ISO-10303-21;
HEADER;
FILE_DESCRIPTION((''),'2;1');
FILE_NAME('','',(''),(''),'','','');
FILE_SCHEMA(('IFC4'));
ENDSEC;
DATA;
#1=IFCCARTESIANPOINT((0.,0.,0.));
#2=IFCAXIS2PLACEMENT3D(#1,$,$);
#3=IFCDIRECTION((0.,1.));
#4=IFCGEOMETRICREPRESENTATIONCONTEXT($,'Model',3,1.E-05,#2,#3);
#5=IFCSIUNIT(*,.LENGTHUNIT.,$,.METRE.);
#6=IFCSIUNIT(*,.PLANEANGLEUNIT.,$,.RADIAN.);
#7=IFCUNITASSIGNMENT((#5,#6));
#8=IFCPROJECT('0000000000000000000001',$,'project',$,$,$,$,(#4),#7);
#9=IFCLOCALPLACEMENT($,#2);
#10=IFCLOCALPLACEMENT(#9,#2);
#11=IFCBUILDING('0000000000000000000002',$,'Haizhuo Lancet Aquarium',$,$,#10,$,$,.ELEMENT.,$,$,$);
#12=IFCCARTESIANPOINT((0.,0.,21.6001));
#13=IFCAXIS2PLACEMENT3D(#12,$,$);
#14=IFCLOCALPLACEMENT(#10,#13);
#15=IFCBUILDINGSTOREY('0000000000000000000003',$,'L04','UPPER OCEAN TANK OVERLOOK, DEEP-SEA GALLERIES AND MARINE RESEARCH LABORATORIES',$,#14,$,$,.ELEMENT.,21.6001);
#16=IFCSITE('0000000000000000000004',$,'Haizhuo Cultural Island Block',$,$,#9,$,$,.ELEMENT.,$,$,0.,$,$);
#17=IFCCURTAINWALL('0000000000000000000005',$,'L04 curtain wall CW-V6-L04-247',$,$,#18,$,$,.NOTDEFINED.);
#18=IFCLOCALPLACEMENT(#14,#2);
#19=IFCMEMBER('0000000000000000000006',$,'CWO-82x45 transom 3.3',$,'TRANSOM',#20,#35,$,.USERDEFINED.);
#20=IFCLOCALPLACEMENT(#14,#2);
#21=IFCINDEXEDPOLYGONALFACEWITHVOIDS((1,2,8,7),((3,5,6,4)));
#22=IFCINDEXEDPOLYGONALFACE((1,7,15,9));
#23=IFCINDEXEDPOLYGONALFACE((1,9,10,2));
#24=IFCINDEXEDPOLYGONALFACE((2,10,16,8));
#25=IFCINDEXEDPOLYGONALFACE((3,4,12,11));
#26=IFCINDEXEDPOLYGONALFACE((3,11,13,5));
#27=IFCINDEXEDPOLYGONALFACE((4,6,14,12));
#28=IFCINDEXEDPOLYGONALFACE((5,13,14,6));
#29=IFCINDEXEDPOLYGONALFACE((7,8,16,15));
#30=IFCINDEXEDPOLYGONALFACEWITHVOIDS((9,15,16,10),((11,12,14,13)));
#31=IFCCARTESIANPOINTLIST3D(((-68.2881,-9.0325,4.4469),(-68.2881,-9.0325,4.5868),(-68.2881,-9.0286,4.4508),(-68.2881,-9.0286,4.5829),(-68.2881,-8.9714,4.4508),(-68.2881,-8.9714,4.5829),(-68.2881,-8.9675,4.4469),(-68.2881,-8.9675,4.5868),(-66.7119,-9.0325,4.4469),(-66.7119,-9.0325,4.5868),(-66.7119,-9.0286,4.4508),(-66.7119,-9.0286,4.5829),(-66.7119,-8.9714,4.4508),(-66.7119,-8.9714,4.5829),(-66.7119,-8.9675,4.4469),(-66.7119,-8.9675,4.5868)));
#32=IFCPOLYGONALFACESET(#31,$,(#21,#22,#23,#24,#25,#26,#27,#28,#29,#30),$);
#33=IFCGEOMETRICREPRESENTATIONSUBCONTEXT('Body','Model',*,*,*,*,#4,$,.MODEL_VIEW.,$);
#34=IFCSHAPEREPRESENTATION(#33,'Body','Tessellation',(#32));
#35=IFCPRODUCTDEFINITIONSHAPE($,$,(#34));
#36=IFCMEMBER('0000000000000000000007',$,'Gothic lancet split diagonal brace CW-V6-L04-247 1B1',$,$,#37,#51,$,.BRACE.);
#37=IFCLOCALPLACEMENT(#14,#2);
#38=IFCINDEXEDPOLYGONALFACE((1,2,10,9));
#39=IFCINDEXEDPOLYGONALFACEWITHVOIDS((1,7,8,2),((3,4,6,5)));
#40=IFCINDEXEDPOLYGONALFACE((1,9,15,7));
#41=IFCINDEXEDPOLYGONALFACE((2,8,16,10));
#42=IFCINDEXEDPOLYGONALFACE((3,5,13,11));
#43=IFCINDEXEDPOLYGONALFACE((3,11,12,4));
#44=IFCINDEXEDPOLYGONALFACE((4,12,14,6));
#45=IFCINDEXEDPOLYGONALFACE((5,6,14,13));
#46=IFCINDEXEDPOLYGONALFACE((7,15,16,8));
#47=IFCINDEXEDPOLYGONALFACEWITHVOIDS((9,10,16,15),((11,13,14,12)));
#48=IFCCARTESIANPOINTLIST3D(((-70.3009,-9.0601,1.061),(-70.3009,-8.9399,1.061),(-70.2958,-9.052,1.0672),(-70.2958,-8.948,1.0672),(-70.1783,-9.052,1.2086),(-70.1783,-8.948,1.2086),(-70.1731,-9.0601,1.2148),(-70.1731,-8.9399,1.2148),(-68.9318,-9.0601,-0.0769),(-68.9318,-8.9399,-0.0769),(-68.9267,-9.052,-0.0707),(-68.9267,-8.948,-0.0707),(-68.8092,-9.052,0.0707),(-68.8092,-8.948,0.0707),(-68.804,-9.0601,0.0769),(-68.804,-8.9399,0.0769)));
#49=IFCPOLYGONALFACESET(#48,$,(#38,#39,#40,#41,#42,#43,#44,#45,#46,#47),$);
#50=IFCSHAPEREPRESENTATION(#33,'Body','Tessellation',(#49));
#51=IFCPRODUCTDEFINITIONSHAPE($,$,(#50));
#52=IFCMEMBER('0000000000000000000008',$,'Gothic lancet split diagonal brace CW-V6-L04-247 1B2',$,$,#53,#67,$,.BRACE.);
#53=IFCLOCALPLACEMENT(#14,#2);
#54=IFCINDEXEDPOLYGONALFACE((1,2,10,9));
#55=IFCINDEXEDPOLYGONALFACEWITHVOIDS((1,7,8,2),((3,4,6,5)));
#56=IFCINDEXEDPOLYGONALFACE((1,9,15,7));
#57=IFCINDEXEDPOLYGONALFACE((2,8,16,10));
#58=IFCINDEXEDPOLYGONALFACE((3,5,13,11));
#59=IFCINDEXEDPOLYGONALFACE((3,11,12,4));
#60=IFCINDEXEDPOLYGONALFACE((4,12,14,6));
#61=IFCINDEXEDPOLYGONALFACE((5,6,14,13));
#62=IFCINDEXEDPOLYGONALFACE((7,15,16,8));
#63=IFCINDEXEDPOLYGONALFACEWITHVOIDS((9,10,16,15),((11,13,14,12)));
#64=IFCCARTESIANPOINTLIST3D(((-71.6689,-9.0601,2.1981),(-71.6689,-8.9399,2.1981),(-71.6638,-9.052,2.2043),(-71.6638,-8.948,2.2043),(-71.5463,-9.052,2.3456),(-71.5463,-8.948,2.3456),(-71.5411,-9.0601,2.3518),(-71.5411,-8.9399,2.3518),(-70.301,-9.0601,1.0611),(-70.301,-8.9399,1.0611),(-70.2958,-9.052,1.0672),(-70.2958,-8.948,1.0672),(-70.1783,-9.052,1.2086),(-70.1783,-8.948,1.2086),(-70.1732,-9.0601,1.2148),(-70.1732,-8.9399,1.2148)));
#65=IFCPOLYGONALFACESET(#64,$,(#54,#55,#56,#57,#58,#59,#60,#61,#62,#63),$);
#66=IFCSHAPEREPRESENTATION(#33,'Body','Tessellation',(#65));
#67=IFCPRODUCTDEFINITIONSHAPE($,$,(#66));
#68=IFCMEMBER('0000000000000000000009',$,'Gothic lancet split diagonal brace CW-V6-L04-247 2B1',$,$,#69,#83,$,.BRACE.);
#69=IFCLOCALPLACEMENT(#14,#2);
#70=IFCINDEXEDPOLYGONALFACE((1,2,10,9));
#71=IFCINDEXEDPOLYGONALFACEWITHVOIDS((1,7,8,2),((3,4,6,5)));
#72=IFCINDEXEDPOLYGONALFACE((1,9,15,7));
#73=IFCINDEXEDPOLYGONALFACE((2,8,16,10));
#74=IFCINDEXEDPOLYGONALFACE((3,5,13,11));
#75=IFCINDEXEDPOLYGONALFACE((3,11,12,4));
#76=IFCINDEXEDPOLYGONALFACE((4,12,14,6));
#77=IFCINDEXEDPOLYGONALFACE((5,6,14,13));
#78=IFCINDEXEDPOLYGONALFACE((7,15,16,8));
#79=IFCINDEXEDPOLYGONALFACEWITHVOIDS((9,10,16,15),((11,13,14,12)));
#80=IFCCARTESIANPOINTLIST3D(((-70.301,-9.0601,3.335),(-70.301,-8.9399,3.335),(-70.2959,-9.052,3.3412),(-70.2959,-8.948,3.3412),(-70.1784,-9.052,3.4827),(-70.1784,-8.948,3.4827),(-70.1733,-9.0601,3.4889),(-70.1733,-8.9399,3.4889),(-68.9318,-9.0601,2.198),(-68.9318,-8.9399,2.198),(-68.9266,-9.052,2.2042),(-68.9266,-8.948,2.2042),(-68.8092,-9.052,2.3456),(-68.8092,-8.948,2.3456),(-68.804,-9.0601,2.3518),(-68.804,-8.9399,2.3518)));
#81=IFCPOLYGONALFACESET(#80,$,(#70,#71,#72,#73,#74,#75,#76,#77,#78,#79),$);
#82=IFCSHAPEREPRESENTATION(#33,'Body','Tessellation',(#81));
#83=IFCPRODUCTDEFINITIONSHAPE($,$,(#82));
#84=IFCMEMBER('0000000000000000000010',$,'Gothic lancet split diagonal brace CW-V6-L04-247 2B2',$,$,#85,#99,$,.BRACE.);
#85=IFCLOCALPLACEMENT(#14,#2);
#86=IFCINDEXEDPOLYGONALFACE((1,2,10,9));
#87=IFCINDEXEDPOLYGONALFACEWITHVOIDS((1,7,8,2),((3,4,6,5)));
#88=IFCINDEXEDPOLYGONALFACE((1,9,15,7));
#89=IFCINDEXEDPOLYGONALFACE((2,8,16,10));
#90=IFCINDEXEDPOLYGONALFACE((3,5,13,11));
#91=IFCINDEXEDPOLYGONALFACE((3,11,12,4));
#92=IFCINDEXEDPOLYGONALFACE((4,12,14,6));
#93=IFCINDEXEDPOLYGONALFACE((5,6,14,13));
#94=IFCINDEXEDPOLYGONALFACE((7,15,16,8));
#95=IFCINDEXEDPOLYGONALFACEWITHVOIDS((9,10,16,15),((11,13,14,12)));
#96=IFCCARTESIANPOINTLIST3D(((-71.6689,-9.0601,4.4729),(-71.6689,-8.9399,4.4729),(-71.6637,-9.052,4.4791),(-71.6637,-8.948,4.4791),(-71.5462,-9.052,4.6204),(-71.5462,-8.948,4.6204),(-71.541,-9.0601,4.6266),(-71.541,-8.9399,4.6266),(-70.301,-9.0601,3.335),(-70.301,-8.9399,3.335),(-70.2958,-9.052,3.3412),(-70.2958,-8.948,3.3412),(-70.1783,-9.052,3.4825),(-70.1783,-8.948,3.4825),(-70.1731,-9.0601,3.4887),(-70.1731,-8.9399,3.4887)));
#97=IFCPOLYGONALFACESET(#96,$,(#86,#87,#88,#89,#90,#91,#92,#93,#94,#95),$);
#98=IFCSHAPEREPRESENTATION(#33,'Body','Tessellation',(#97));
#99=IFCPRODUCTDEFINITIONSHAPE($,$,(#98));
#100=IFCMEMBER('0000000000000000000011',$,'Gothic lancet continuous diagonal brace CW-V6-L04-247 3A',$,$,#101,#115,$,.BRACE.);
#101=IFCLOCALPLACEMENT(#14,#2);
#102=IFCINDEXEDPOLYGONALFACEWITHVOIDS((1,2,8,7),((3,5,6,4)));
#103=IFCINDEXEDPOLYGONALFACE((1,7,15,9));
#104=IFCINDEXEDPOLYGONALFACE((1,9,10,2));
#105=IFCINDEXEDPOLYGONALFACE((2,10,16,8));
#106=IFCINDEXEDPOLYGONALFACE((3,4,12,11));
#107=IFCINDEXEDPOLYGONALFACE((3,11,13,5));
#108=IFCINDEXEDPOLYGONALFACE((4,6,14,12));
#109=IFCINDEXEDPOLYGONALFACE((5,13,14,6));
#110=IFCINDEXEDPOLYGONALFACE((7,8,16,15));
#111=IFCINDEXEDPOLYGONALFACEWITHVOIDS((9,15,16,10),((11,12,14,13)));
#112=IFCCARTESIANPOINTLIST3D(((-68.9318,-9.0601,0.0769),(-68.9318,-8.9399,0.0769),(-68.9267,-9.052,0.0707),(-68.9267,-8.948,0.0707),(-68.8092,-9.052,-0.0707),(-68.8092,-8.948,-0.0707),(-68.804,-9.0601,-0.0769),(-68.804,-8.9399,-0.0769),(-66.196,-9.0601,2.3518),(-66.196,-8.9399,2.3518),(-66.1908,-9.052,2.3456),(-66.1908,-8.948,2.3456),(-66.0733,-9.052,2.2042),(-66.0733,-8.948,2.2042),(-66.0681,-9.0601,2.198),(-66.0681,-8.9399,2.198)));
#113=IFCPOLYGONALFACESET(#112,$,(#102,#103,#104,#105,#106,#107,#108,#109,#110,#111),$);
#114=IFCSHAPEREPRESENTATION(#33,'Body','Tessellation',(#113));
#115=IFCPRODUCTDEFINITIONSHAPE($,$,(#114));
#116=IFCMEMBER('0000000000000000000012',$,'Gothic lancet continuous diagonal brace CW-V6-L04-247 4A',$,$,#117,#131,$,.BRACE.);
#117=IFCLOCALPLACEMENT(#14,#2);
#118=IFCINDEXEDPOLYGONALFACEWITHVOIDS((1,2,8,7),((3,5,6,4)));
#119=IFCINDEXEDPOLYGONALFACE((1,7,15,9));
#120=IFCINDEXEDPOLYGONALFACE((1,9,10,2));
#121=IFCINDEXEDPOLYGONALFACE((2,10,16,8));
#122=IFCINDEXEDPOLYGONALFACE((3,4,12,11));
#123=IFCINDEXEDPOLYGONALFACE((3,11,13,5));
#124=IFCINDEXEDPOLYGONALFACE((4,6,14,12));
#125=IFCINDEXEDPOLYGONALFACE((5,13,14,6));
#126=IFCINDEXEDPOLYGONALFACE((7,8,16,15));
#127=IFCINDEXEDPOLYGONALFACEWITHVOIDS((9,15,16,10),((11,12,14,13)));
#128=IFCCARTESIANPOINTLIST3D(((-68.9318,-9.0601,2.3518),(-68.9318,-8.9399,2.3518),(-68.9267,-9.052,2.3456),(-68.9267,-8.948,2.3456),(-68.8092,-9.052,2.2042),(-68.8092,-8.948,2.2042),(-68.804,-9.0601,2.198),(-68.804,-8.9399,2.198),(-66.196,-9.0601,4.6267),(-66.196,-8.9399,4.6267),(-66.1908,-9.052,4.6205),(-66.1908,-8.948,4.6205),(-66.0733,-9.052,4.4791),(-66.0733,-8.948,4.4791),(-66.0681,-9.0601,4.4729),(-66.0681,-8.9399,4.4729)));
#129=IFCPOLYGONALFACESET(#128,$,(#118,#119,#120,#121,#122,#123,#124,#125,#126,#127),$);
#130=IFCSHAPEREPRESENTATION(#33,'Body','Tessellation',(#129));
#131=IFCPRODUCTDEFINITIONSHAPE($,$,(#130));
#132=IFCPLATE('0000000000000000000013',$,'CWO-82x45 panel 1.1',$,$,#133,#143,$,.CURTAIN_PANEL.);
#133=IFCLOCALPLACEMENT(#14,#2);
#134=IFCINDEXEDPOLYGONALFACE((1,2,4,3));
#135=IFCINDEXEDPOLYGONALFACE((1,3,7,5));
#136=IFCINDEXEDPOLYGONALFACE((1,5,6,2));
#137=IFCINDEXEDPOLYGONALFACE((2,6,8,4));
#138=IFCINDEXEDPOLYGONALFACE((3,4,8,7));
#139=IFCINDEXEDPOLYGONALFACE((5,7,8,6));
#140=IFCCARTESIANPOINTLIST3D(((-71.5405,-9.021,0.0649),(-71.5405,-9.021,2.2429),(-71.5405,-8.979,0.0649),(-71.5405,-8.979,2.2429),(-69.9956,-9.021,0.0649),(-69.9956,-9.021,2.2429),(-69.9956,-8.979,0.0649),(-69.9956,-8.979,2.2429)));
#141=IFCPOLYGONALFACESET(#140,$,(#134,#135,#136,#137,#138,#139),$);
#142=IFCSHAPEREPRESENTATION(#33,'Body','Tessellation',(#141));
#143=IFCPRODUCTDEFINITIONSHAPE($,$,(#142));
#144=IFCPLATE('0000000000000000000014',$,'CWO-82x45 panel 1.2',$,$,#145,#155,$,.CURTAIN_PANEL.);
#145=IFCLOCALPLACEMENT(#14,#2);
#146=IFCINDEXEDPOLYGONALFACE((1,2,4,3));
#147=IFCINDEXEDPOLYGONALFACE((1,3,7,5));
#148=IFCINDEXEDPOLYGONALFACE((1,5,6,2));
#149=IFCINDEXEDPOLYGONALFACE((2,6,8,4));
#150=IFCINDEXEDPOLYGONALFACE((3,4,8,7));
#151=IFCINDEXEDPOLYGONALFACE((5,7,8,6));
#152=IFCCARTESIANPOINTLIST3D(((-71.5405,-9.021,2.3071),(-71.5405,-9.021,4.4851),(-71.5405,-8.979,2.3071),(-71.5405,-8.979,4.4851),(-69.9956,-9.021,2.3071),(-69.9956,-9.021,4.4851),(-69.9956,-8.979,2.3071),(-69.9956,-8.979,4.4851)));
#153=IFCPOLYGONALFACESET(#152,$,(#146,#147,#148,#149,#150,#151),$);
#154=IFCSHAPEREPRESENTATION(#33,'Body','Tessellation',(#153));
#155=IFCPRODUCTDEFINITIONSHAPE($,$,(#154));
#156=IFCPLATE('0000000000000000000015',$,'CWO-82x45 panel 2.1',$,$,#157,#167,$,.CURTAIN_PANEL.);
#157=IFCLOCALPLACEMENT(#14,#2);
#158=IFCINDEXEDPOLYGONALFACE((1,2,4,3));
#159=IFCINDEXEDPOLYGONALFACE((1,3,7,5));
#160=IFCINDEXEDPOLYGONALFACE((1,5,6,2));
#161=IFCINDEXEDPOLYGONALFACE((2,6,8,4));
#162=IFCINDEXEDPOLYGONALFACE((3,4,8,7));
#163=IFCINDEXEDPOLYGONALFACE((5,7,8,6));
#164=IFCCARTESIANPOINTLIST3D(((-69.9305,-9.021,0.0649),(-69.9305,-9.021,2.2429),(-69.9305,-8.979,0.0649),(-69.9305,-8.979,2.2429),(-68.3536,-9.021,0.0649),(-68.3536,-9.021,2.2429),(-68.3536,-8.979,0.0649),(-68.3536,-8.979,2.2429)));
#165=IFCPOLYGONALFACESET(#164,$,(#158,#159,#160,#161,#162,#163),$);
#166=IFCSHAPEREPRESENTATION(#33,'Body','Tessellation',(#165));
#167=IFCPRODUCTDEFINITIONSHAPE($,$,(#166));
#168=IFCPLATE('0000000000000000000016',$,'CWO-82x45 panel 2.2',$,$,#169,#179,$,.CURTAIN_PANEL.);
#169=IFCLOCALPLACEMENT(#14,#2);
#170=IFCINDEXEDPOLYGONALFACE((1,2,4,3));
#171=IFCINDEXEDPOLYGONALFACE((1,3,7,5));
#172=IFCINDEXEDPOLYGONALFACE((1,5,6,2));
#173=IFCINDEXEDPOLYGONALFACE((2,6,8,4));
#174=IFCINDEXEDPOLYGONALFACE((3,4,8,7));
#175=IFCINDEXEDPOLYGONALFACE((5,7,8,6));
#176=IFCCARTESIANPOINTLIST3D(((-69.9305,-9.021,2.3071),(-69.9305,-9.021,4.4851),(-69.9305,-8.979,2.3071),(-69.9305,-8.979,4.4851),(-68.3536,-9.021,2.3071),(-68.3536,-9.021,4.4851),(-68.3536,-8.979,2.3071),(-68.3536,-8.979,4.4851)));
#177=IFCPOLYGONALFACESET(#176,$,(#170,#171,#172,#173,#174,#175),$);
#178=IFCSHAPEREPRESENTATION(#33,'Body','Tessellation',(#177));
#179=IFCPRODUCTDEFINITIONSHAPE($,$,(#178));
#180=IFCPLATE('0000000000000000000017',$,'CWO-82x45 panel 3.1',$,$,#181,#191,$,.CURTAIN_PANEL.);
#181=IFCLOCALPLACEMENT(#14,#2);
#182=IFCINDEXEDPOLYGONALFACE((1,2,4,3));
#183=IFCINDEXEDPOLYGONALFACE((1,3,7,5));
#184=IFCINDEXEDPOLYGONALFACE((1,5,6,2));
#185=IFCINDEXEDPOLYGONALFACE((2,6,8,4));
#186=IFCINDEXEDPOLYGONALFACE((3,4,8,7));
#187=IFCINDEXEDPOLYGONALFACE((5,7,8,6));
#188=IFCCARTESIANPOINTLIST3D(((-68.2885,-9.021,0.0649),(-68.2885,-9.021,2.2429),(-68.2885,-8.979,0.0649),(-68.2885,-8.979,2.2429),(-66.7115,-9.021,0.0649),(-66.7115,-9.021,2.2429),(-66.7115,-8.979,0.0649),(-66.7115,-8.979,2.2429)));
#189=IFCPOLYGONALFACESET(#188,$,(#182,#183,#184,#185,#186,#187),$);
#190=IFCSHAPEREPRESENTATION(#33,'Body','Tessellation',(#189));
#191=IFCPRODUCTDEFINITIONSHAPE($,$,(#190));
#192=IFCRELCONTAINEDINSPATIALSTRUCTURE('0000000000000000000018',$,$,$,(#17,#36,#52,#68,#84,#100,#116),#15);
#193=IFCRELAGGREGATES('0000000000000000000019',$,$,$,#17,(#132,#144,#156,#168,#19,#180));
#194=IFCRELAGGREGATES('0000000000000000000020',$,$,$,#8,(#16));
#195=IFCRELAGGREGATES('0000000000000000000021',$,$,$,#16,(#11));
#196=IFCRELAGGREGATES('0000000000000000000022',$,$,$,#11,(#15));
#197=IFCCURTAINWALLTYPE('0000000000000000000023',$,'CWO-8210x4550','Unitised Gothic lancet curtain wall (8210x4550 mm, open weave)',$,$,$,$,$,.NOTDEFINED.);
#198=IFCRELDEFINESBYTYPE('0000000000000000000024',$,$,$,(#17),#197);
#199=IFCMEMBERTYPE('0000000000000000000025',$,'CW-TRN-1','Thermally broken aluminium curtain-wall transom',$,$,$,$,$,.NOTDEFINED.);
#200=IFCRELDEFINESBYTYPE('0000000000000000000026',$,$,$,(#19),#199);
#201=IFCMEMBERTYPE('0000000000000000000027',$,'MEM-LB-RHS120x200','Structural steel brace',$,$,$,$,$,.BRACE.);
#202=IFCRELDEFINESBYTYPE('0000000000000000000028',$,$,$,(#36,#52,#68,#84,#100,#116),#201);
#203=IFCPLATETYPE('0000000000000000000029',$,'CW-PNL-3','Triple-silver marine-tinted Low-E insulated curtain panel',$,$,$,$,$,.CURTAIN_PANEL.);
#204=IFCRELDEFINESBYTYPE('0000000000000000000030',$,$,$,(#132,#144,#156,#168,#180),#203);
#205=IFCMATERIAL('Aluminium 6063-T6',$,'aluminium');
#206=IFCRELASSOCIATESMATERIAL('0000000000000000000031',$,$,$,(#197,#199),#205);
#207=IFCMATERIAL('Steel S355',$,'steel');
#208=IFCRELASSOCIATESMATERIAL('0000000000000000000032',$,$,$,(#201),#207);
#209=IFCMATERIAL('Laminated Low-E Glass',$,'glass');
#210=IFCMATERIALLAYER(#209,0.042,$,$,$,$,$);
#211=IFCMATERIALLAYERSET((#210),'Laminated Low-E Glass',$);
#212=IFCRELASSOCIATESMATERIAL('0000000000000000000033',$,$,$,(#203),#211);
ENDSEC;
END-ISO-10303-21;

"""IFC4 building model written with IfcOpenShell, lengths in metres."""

from ifc_helpers import new_model, si_unit, direction, frame, origin, origin_2d, place, context, subcontext, project, spatial, rectangle, hollow_rectangle, extrude, material, layer, layer_set, material_profile, profile_set, type_object, element, aggregate, save


model = new_model("IFC4")

# Units and contexts
model_context = context("Model", 3, precision=1e-05, world=origin(), true_north=direction((0.0, 1.0)))
body_context = subcontext(model_context, "Body", "Model", "MODEL_VIEW")
ifc_project = project(units=[si_unit("LENGTHUNIT", "METRE"), si_unit("PLANEANGLEUNIT", "RADIAN")], contexts=[model_context])

# Site, building, storey
site_placement = place(None, origin())
site = spatial("IfcSite", under=ifc_project, at=site_placement, Name="Haizhuo Cultural Island Block", CompositionType="ELEMENT", RefElevation=0.0)
building_placement = place(site_placement, origin())
building = spatial("IfcBuilding", under=site, at=building_placement, Name="Haizhuo Lancet Aquarium", CompositionType="ELEMENT")
storey_placement = place(building_placement, frame((0.0, 0.0, 21.6001)))
storey = spatial("IfcBuildingStorey", under=building, at=storey_placement, Name="L04", Description="UPPER OCEAN TANK OVERLOOK, DEEP-SEA GALLERIES AND MARINE RESEARCH LABORATORIES", CompositionType="ELEMENT", Elevation=21.6001)

# Curtain wall, member
ifc_material_1 = material(Name="Aluminium 6063-T6", Category="aluminium")
curtain_wall_type = type_object("IfcCurtainWallType", Name="CWO-8210x4550", Description="Unitised Gothic lancet curtain wall (8210x4550 mm, open weave)", PredefinedType="NOTDEFINED", material=ifc_material_1)
curtain_wall_placement = place(storey_placement, origin())
curtain_wall = element("IfcCurtainWall", 1, at=curtain_wall_placement, inside=storey, type_object=curtain_wall_type, Name="L04 curtain wall CW-V6-L04-247", PredefinedType="NOTDEFINED")
ifc_material_profile_1 = material_profile(ifc_material_1, hollow_rectangle(XDim=0.0649, YDim=0.1399, WallThickness=0.0039, at=origin_2d()), Name="ALU-T 65x140x4")
ifc_profile_set_1 = profile_set([ifc_material_profile_1], Name="Aluminium 6063-T6")
member_type_1 = type_object("IfcMemberType", Name="CW-TRN-1", Description="Thermally broken aluminium curtain-wall transom", PredefinedType="NOTDEFINED", material=ifc_profile_set_1)
member_1_placement = place(storey_placement, frame((-68.2881, -9.0, 4.5168), z_axis=(1.0, 0.0, 0.0), x_axis=(0.0, 1.0, 0.0)))
member_1 = element("IfcMember", 2, at=member_1_placement, type_object=member_type_1, Name="CWO-82x45 transom 3.3", ObjectType="TRANSOM", PredefinedType="USERDEFINED", context=body_context, shape_type="SweptSolid", body=[
    extrude(hollow_rectangle(XDim=0.0649, YDim=0.1399, WallThickness=0.0039, at=origin_2d()), origin(), (0.0, 0.0, 1.0), 1.5762),
])

# Members
ifc_material_2 = material(Name="Steel S355", Category="steel")
ifc_material_profile_2 = material_profile(ifc_material_2, hollow_rectangle(XDim=0.1201, YDim=0.2, WallThickness=0.0081, at=origin_2d()), Name="RHS 120x200x8")
ifc_profile_set_2 = profile_set([ifc_material_profile_2], Name="Steel S355")
member_type_2 = type_object("IfcMemberType", Name="MEM-LB-RHS120x200", Description="Structural steel brace", PredefinedType="BRACE", material=ifc_profile_set_2)
member_2_placement = place(storey_placement, frame((-68.8679, -9.0, 0.0), z_axis=(-0.769052, 0.0, 0.639186), x_axis=(0.0, -1.0, 0.0)))
element("IfcMember", 3, at=member_2_placement, inside=storey, type_object=member_type_2, Name="Gothic lancet split diagonal brace CW-V6-L04-247 1B1", PredefinedType="BRACE", context=body_context, shape_type="SweptSolid", body=[
    extrude(hollow_rectangle(XDim=0.1201, YDim=0.2, WallThickness=0.0081, at=origin_2d()), origin(), (0.0, 0.0, 1.0), 1.7803),
])
member_3_placement = place(storey_placement, frame((-70.2371, -9.0, 1.1379), z_axis=(-0.769042, 0.0, 0.639198), x_axis=(0.0, -1.0, 0.0)))
element("IfcMember", 4, at=member_3_placement, inside=storey, type_object=member_type_2, Name="Gothic lancet split diagonal brace CW-V6-L04-247 1B2", PredefinedType="BRACE", context=body_context, shape_type="SweptSolid", body=[
    extrude(hollow_rectangle(XDim=0.1201, YDim=0.2, WallThickness=0.0081, at=origin_2d()), origin(), (0.0, 0.0, 1.0), 1.7788),
])
member_4_placement = place(storey_placement, frame((-68.8679, -9.0, 2.2749), z_axis=(-0.769322, 0.0, 0.638861), x_axis=(0.0, -1.0, 0.0)))
element("IfcMember", 5, at=member_4_placement, inside=storey, type_object=member_type_2, Name="Gothic lancet split diagonal brace CW-V6-L04-247 2B1", PredefinedType="BRACE", context=body_context, shape_type="SweptSolid", body=[
    extrude(hollow_rectangle(XDim=0.1201, YDim=0.2, WallThickness=0.0081, at=origin_2d()), origin(), (0.0, 0.0, 1.0), 1.7798),
])
member_5_placement = place(storey_placement, frame((-70.2371, -9.0, 3.4119), z_axis=(-0.768772, 0.0, 0.639523), x_axis=(0.0, -1.0, 0.0)))
element("IfcMember", 6, at=member_5_placement, inside=storey, type_object=member_type_2, Name="Gothic lancet split diagonal brace CW-V6-L04-247 2B2", PredefinedType="BRACE", context=body_context, shape_type="SweptSolid", body=[
    extrude(hollow_rectangle(XDim=0.1201, YDim=0.2, WallThickness=0.0081, at=origin_2d()), origin(), (0.0, 0.0, 1.0), 1.7793),
])
for number, where, z_axis, x_axis, name in (
    (7, (-68.8679, -9.0, 0.0), (0.768907, 0.0, 0.639361), (0.0, 1.0, 0.0), "Gothic lancet continuous diagonal brace CW-V6-L04-247 3A"),
    (8, (-68.8679, -9.0, 2.2749), (0.768907, 0.0, 0.639361), (0.0, 1.0, 0.0), "Gothic lancet continuous diagonal brace CW-V6-L04-247 4A"),
):
    element("IfcMember", number, at=place(storey_placement, frame(where, z_axis=z_axis, x_axis=x_axis)), inside=storey, type_object=member_type_2, Name=name, PredefinedType="BRACE", context=body_context, shape_type="SweptSolid", body=[
        extrude(hollow_rectangle(XDim=0.1201, YDim=0.2, WallThickness=0.0081, at=origin_2d()), origin(), (0.0, 0.0, 1.0), 3.5581),
    ])

# Plates
ifc_material_3 = material(Name="Laminated Low-E Glass", Category="glass")
ifc_layer = layer(ifc_material_3, 0.042)
ifc_layer_set = layer_set([ifc_layer], Name="Laminated Low-E Glass")
plate_type = type_object("IfcPlateType", Name="CW-PNL-3", Description="Triple-silver marine-tinted Low-E insulated curtain panel", PredefinedType="CURTAIN_PANEL", material=ifc_layer_set)
plate_1_placement = place(storey_placement, frame((-70.7681, -9.0, 0.0649), z_axis=(0.0, 0.0, 1.0), x_axis=(1.0, 0.0, 0.0)))
plate_1 = element("IfcPlate", 9, at=plate_1_placement, type_object=plate_type, Name="CWO-82x45 panel 1.1", PredefinedType="CURTAIN_PANEL", context=body_context, shape_type="SweptSolid", body=[
    extrude(rectangle(XDim=1.5449, YDim=0.042, at=origin_2d()), origin(), (0.0, 0.0, 1.0), 2.178),
])
plate_2_placement = place(storey_placement, frame((-70.7681, -9.0, 2.3071), z_axis=(0.0, 0.0, 1.0), x_axis=(1.0, 0.0, 0.0)))
plate_2 = element("IfcPlate", 10, at=plate_2_placement, type_object=plate_type, Name="CWO-82x45 panel 1.2", PredefinedType="CURTAIN_PANEL", context=body_context, shape_type="SweptSolid", body=[
    extrude(rectangle(XDim=1.5449, YDim=0.042, at=origin_2d()), origin(), (0.0, 0.0, 1.0), 2.178),
])
plate_3_placement = place(storey_placement, frame((-69.1421, -9.0, 0.0649), z_axis=(0.0, 0.0, 1.0), x_axis=(1.0, 0.0, 0.0)))
plate_3 = element("IfcPlate", 11, at=plate_3_placement, type_object=plate_type, Name="CWO-82x45 panel 2.1", PredefinedType="CURTAIN_PANEL", context=body_context, shape_type="SweptSolid", body=[
    extrude(rectangle(XDim=1.5769, YDim=0.042, at=origin_2d()), origin(), (0.0, 0.0, 1.0), 2.178),
])
plate_4_placement = place(storey_placement, frame((-69.1421, -9.0, 2.3071), z_axis=(0.0, 0.0, 1.0), x_axis=(1.0, 0.0, 0.0)))
plate_4 = element("IfcPlate", 12, at=plate_4_placement, type_object=plate_type, Name="CWO-82x45 panel 2.2", PredefinedType="CURTAIN_PANEL", context=body_context, shape_type="SweptSolid", body=[
    extrude(rectangle(XDim=1.5769, YDim=0.042, at=origin_2d()), origin(), (0.0, 0.0, 1.0), 2.178),
])
plate_5_placement = place(storey_placement, frame((-67.5, -9.0, 0.0649), z_axis=(0.0, 0.0, 1.0), x_axis=(1.0, 0.0, 0.0)))
plate_5 = element("IfcPlate", 13, at=plate_5_placement, type_object=plate_type, Name="CWO-82x45 panel 3.1", PredefinedType="CURTAIN_PANEL", context=body_context, shape_type="SweptSolid", body=[
    extrude(rectangle(XDim=1.5769, YDim=0.042, at=origin_2d()), origin(), (0.0, 0.0, 1.0), 2.178),
])
aggregate(curtain_wall, [plate_1, plate_2, plate_3, plate_4, member_1, plate_5])

save(model, "model.ifc")
